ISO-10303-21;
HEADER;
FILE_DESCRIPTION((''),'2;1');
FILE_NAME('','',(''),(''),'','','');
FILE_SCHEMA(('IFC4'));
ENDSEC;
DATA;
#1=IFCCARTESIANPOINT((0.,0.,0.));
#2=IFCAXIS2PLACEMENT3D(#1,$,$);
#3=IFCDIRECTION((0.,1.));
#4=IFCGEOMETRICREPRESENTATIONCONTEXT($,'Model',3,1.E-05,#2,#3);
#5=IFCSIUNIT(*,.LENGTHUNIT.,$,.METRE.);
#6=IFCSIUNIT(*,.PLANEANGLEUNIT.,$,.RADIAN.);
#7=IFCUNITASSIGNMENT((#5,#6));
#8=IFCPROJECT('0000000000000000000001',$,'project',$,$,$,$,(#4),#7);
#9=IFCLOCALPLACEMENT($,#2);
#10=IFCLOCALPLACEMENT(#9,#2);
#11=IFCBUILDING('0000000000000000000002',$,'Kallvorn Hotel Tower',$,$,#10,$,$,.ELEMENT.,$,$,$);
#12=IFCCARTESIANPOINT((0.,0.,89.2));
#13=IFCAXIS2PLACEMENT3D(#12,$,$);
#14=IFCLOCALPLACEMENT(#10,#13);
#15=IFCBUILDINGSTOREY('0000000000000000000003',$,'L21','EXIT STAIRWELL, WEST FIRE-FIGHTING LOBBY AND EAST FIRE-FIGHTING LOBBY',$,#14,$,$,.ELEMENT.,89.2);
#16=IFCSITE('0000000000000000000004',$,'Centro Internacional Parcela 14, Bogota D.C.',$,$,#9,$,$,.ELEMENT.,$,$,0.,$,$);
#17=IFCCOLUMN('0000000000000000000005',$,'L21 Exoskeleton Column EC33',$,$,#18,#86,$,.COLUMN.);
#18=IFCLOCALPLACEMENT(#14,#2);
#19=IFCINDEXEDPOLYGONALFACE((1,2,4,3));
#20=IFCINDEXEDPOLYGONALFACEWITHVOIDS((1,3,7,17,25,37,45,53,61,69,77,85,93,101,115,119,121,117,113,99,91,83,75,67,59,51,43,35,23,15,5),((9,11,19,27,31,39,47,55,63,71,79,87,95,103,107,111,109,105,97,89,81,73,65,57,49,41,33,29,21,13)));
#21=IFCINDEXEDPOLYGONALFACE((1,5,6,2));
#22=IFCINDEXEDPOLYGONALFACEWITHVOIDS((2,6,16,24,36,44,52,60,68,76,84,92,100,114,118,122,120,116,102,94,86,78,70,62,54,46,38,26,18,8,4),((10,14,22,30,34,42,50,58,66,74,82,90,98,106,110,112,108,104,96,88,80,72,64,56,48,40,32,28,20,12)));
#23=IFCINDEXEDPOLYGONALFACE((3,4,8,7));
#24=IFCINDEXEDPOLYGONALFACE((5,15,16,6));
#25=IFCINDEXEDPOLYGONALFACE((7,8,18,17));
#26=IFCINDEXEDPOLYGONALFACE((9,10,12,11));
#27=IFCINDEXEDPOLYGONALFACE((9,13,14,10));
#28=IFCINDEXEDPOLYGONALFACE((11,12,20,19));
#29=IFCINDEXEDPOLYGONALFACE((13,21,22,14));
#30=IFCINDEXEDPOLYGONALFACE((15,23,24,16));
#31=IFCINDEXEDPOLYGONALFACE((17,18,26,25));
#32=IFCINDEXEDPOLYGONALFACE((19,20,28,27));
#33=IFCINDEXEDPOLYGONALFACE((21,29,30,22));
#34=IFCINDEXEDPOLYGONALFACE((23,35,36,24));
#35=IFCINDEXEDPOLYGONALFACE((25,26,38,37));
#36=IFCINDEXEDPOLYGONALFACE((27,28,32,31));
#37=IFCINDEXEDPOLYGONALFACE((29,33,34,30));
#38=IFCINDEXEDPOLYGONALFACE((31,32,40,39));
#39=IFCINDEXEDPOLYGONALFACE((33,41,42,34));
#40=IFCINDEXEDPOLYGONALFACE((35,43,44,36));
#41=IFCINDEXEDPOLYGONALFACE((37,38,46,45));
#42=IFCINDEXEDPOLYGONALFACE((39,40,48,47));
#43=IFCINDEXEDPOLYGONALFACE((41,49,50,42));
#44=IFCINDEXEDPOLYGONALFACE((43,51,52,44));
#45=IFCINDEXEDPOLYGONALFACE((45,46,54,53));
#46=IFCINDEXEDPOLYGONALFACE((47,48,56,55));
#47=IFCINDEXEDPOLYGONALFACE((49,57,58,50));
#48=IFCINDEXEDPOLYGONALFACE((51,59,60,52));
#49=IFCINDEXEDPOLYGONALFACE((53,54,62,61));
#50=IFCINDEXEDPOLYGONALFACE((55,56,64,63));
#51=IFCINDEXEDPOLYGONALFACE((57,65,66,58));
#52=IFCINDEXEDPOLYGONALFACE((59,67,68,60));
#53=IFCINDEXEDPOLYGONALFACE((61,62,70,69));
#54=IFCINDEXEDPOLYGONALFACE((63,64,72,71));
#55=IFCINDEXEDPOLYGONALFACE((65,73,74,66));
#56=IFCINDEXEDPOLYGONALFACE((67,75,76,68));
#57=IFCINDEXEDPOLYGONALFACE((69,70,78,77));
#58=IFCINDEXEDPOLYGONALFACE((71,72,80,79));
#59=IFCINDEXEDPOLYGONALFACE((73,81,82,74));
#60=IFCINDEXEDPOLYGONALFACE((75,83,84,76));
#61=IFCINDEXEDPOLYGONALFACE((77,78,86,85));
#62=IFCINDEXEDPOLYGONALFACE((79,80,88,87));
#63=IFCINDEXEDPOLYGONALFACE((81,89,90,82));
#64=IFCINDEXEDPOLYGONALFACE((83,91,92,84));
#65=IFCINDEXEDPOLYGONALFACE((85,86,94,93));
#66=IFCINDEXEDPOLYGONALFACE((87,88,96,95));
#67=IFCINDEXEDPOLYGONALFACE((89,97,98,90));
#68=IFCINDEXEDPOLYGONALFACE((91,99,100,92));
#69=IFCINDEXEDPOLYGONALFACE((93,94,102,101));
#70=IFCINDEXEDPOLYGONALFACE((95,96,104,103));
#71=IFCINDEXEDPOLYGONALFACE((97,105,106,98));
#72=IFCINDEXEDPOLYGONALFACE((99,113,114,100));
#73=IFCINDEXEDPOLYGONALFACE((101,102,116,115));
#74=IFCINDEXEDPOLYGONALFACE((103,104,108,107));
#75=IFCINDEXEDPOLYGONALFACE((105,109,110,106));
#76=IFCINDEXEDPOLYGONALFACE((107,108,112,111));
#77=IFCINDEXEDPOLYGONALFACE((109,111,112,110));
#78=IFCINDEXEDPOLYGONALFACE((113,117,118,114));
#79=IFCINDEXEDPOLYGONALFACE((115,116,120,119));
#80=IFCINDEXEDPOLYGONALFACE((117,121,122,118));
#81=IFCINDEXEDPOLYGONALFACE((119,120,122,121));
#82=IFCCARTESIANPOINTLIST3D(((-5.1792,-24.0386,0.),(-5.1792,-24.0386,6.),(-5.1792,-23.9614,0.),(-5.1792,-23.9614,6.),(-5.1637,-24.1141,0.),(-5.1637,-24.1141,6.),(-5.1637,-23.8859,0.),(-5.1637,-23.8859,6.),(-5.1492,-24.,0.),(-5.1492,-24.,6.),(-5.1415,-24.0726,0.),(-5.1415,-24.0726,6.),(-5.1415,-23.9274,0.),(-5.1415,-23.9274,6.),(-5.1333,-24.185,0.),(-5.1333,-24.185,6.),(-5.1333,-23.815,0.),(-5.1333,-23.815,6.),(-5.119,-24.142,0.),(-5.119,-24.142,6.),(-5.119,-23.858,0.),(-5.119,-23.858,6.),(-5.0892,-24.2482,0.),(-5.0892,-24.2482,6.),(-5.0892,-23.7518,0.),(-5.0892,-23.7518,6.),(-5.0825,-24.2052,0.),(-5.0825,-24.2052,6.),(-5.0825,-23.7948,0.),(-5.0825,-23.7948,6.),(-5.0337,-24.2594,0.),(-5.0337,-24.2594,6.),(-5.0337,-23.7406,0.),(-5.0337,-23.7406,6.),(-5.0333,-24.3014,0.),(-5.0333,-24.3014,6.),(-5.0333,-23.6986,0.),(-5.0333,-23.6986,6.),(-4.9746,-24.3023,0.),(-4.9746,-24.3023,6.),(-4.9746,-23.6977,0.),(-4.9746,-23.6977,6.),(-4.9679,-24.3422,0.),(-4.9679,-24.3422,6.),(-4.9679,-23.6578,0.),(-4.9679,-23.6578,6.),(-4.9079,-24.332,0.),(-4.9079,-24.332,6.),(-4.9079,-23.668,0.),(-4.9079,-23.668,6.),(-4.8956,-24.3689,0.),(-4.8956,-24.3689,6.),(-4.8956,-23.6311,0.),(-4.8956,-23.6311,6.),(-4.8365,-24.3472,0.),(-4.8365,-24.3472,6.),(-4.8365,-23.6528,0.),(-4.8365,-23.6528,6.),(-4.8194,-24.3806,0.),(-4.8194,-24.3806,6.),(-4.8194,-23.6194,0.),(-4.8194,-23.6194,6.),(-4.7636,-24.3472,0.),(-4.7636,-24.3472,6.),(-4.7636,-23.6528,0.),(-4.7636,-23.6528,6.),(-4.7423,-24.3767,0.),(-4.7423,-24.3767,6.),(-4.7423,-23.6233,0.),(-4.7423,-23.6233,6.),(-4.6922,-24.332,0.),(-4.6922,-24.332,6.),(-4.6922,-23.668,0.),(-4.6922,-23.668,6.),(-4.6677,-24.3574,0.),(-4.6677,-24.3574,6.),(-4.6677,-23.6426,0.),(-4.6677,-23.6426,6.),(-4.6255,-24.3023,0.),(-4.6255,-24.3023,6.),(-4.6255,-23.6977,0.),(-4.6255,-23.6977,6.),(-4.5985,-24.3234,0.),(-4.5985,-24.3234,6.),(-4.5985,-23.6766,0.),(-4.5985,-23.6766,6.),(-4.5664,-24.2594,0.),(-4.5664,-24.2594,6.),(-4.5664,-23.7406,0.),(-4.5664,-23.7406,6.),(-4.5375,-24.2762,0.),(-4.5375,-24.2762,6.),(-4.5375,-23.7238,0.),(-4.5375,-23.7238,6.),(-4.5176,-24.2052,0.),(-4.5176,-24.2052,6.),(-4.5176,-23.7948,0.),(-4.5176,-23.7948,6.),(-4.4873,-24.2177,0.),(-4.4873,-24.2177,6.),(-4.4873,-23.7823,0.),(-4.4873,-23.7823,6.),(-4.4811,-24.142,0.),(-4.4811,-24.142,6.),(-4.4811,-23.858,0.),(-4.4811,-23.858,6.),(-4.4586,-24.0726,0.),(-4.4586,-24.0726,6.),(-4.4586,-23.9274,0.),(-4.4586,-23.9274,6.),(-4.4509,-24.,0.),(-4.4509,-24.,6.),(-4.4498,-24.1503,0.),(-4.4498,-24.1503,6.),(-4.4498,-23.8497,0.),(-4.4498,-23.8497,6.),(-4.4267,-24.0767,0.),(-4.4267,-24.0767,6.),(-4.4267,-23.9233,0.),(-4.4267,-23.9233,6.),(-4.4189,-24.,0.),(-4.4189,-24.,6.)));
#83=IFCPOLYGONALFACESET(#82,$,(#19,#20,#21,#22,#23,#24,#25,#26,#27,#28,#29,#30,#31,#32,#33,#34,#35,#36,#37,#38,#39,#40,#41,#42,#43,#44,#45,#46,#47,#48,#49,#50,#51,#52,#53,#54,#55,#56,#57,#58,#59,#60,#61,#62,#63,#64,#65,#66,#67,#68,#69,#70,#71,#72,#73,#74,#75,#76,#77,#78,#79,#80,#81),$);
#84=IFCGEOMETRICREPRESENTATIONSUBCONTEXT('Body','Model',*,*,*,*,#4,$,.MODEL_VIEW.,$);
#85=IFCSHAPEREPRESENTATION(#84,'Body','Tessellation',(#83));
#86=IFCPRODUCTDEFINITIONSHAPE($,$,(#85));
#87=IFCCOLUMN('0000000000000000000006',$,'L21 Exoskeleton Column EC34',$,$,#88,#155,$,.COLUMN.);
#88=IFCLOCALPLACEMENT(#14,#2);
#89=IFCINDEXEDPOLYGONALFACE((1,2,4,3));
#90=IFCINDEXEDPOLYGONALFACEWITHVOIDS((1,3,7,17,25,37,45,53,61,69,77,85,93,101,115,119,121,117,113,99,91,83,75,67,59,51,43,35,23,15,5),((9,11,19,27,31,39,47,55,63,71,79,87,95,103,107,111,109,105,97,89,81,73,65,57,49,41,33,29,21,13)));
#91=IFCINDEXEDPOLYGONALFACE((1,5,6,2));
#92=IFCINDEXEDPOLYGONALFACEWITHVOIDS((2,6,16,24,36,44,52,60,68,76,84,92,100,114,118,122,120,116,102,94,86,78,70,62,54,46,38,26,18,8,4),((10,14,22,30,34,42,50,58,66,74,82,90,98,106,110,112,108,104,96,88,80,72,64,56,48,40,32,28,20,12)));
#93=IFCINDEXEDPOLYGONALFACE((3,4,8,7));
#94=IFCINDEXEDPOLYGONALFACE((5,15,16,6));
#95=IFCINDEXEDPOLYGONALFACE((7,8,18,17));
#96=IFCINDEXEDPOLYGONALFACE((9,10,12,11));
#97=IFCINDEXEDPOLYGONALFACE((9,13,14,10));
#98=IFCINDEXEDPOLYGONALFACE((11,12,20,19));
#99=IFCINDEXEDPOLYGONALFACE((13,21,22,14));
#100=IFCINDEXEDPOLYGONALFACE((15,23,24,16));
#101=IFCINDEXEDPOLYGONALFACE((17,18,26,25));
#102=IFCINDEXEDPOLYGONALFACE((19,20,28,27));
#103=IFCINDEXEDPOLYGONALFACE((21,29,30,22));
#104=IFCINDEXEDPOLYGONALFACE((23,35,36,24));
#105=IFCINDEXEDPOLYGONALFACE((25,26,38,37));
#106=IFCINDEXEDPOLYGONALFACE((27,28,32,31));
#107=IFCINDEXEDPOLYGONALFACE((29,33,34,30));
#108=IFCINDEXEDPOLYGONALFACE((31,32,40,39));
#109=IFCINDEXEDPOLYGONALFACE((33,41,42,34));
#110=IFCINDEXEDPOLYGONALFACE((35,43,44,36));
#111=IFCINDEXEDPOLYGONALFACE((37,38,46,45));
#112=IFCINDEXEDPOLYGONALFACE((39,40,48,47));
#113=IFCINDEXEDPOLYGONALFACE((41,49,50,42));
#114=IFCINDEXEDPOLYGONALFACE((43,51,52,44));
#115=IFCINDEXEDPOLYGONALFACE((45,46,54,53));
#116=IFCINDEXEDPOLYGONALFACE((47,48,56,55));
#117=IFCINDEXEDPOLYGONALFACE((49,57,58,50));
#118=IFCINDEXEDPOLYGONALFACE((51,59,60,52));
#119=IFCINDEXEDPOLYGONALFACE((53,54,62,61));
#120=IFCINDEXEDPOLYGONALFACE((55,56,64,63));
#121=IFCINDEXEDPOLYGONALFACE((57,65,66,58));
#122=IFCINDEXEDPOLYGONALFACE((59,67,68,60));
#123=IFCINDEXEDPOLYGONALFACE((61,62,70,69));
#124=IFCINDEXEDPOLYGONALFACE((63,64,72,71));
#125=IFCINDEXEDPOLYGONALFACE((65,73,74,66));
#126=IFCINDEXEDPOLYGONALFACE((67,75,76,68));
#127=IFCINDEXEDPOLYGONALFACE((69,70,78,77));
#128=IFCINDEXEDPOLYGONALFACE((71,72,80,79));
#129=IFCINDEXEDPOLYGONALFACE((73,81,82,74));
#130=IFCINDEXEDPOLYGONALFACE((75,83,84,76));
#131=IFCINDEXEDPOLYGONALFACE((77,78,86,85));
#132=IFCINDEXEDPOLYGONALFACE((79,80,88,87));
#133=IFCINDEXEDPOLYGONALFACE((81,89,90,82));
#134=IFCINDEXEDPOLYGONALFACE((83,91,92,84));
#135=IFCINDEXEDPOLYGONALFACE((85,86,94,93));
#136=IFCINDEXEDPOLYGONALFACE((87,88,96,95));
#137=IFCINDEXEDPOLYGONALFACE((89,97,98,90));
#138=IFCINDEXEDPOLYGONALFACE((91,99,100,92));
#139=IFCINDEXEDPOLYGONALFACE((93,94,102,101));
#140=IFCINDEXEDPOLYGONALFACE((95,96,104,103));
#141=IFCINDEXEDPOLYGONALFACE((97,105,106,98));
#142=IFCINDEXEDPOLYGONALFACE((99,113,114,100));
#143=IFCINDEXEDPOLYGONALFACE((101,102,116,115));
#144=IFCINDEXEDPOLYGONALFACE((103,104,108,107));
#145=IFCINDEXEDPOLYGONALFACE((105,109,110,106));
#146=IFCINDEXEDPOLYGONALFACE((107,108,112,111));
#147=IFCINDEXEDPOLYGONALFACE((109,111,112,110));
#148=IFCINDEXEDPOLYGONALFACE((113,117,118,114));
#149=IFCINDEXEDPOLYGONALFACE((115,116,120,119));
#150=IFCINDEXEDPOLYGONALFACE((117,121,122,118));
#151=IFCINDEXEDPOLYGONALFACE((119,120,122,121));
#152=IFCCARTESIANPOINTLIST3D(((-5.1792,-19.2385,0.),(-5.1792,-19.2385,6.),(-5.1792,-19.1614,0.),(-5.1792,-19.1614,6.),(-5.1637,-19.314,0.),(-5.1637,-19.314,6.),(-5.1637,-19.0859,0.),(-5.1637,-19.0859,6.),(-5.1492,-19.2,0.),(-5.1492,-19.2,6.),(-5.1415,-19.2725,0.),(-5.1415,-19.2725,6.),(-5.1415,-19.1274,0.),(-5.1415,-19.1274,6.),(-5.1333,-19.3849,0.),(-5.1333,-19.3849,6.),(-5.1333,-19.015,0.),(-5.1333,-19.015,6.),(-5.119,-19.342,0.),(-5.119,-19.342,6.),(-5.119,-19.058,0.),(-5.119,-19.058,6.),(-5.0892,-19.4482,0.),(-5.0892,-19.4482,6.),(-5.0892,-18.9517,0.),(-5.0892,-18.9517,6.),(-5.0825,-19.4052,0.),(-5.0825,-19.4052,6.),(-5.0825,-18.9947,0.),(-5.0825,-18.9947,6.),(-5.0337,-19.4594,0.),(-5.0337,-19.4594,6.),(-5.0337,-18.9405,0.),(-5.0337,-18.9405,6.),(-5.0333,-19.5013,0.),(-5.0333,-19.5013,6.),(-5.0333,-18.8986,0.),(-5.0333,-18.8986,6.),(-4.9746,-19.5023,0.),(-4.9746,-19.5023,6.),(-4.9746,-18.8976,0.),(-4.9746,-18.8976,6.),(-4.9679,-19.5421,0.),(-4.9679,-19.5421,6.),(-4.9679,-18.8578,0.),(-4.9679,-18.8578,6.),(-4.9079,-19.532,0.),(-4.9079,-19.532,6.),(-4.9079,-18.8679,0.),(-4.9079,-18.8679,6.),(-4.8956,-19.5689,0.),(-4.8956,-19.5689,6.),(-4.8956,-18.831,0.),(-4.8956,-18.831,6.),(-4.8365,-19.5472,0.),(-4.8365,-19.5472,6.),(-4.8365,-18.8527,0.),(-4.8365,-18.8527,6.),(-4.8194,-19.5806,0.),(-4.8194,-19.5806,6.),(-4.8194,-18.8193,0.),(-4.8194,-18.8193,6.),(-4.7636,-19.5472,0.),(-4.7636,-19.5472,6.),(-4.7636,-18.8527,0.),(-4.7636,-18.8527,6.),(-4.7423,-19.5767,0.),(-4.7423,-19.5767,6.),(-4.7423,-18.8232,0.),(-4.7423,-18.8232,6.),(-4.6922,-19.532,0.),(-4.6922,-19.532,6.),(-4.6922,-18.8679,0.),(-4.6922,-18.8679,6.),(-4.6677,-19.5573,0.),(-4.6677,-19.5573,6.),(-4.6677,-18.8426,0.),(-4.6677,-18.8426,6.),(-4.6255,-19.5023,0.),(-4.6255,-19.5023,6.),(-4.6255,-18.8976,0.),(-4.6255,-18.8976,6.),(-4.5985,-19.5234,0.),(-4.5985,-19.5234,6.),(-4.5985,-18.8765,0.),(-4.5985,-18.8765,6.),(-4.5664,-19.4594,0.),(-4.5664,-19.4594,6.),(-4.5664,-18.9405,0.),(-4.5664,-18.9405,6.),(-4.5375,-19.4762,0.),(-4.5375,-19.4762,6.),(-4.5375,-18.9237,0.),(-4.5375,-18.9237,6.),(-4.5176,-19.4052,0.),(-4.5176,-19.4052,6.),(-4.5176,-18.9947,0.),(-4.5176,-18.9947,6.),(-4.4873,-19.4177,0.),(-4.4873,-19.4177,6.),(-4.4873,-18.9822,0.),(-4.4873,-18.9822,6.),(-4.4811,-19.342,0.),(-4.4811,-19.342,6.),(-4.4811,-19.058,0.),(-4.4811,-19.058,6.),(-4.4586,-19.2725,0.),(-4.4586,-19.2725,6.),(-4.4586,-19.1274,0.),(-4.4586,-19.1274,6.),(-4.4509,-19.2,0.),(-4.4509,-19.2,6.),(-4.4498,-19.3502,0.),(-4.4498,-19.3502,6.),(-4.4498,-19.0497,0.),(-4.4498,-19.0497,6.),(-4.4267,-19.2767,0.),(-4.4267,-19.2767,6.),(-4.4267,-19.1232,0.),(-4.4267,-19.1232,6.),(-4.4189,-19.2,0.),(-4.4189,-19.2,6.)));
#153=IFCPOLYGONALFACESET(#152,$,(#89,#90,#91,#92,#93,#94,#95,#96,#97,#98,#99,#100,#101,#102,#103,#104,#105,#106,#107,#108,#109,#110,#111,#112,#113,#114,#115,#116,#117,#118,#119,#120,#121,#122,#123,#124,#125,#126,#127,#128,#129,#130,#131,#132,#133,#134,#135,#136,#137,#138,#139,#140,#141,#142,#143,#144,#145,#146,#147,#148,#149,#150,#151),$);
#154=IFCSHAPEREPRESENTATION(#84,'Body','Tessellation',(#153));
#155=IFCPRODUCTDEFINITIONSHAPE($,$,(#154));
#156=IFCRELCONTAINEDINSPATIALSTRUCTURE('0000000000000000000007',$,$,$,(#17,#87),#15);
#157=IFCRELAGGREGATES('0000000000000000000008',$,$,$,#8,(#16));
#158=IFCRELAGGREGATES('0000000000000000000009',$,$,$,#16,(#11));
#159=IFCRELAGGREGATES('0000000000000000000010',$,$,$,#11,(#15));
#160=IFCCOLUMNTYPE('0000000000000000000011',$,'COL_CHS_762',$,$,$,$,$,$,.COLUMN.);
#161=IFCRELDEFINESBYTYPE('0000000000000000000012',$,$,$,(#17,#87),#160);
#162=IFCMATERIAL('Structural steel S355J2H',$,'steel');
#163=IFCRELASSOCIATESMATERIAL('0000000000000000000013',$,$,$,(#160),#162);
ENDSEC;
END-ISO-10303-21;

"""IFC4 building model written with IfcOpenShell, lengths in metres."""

from ifc_helpers import new_model, si_unit, direction, frame, origin, origin_2d, place, context, subcontext, project, spatial, hollow_circle, extrude, material, material_profile, profile_set, type_object, element, save


model = new_model("IFC4")

# Units and contexts
model_context = context("Model", 3, precision=1e-05, world=origin(), true_north=direction((0.0, 1.0)))
body_context = subcontext(model_context, "Body", "Model", "MODEL_VIEW")
ifc_project = project(units=[si_unit("LENGTHUNIT", "METRE"), si_unit("PLANEANGLEUNIT", "RADIAN")], contexts=[model_context])

# Site, building, storey
site_placement = place(None, origin())
site = spatial("IfcSite", under=ifc_project, at=site_placement, Name="Centro Internacional Parcela 14, Bogota D.C.", CompositionType="ELEMENT", RefElevation=0.0)
building_placement = place(site_placement, origin())
building = spatial("IfcBuilding", under=site, at=building_placement, Name="Kallvorn Hotel Tower", CompositionType="ELEMENT")
storey_placement = place(building_placement, frame((0.0, 0.0, 89.2)))
storey = spatial("IfcBuildingStorey", under=building, at=storey_placement, Name="L21", Description="EXIT STAIRWELL, WEST FIRE-FIGHTING LOBBY AND EAST FIRE-FIGHTING LOBBY", CompositionType="ELEMENT", Elevation=89.2)

# Columns
ifc_material_1 = material(Name="Structural steel S355J2H", Category="steel")
ifc_material_profile_1 = material_profile(ifc_material_1, hollow_circle(Radius=0.3811, WallThickness=0.032, at=origin_2d()), Name="CHS 762x32")
ifc_profile_set_1 = profile_set([ifc_material_profile_1], Name="Structural steel S355J2H")
column_type_1 = type_object("IfcColumnType", Name="COL_CHS_762", PredefinedType="COLUMN", material=ifc_profile_set_1)
for number, where, z_axis, x_axis, name in (
    (1, (-4.8, -24.0, 0.0), (0.0, 0.0, 1.0), (1.0, 0.0, 0.0), "L21 Exoskeleton Column EC33"),
    (2, (-4.8, -19.2, 0.0), (0.0, 0.0, 1.0), (1.0, 0.0, 0.0), "L21 Exoskeleton Column EC34"),
):
    element("IfcColumn", number, at=place(storey_placement, frame(where, z_axis=z_axis, x_axis=x_axis)), inside=storey, type_object=column_type_1, Name=name, PredefinedType="COLUMN", context=body_context, shape_type="SweptSolid", body=[
        extrude(hollow_circle(Radius=0.3811, WallThickness=0.032, at=origin_2d()), origin(), (0.0, 0.0, 1.0), 6.0),
    ])

save(model, "model.ifc")
